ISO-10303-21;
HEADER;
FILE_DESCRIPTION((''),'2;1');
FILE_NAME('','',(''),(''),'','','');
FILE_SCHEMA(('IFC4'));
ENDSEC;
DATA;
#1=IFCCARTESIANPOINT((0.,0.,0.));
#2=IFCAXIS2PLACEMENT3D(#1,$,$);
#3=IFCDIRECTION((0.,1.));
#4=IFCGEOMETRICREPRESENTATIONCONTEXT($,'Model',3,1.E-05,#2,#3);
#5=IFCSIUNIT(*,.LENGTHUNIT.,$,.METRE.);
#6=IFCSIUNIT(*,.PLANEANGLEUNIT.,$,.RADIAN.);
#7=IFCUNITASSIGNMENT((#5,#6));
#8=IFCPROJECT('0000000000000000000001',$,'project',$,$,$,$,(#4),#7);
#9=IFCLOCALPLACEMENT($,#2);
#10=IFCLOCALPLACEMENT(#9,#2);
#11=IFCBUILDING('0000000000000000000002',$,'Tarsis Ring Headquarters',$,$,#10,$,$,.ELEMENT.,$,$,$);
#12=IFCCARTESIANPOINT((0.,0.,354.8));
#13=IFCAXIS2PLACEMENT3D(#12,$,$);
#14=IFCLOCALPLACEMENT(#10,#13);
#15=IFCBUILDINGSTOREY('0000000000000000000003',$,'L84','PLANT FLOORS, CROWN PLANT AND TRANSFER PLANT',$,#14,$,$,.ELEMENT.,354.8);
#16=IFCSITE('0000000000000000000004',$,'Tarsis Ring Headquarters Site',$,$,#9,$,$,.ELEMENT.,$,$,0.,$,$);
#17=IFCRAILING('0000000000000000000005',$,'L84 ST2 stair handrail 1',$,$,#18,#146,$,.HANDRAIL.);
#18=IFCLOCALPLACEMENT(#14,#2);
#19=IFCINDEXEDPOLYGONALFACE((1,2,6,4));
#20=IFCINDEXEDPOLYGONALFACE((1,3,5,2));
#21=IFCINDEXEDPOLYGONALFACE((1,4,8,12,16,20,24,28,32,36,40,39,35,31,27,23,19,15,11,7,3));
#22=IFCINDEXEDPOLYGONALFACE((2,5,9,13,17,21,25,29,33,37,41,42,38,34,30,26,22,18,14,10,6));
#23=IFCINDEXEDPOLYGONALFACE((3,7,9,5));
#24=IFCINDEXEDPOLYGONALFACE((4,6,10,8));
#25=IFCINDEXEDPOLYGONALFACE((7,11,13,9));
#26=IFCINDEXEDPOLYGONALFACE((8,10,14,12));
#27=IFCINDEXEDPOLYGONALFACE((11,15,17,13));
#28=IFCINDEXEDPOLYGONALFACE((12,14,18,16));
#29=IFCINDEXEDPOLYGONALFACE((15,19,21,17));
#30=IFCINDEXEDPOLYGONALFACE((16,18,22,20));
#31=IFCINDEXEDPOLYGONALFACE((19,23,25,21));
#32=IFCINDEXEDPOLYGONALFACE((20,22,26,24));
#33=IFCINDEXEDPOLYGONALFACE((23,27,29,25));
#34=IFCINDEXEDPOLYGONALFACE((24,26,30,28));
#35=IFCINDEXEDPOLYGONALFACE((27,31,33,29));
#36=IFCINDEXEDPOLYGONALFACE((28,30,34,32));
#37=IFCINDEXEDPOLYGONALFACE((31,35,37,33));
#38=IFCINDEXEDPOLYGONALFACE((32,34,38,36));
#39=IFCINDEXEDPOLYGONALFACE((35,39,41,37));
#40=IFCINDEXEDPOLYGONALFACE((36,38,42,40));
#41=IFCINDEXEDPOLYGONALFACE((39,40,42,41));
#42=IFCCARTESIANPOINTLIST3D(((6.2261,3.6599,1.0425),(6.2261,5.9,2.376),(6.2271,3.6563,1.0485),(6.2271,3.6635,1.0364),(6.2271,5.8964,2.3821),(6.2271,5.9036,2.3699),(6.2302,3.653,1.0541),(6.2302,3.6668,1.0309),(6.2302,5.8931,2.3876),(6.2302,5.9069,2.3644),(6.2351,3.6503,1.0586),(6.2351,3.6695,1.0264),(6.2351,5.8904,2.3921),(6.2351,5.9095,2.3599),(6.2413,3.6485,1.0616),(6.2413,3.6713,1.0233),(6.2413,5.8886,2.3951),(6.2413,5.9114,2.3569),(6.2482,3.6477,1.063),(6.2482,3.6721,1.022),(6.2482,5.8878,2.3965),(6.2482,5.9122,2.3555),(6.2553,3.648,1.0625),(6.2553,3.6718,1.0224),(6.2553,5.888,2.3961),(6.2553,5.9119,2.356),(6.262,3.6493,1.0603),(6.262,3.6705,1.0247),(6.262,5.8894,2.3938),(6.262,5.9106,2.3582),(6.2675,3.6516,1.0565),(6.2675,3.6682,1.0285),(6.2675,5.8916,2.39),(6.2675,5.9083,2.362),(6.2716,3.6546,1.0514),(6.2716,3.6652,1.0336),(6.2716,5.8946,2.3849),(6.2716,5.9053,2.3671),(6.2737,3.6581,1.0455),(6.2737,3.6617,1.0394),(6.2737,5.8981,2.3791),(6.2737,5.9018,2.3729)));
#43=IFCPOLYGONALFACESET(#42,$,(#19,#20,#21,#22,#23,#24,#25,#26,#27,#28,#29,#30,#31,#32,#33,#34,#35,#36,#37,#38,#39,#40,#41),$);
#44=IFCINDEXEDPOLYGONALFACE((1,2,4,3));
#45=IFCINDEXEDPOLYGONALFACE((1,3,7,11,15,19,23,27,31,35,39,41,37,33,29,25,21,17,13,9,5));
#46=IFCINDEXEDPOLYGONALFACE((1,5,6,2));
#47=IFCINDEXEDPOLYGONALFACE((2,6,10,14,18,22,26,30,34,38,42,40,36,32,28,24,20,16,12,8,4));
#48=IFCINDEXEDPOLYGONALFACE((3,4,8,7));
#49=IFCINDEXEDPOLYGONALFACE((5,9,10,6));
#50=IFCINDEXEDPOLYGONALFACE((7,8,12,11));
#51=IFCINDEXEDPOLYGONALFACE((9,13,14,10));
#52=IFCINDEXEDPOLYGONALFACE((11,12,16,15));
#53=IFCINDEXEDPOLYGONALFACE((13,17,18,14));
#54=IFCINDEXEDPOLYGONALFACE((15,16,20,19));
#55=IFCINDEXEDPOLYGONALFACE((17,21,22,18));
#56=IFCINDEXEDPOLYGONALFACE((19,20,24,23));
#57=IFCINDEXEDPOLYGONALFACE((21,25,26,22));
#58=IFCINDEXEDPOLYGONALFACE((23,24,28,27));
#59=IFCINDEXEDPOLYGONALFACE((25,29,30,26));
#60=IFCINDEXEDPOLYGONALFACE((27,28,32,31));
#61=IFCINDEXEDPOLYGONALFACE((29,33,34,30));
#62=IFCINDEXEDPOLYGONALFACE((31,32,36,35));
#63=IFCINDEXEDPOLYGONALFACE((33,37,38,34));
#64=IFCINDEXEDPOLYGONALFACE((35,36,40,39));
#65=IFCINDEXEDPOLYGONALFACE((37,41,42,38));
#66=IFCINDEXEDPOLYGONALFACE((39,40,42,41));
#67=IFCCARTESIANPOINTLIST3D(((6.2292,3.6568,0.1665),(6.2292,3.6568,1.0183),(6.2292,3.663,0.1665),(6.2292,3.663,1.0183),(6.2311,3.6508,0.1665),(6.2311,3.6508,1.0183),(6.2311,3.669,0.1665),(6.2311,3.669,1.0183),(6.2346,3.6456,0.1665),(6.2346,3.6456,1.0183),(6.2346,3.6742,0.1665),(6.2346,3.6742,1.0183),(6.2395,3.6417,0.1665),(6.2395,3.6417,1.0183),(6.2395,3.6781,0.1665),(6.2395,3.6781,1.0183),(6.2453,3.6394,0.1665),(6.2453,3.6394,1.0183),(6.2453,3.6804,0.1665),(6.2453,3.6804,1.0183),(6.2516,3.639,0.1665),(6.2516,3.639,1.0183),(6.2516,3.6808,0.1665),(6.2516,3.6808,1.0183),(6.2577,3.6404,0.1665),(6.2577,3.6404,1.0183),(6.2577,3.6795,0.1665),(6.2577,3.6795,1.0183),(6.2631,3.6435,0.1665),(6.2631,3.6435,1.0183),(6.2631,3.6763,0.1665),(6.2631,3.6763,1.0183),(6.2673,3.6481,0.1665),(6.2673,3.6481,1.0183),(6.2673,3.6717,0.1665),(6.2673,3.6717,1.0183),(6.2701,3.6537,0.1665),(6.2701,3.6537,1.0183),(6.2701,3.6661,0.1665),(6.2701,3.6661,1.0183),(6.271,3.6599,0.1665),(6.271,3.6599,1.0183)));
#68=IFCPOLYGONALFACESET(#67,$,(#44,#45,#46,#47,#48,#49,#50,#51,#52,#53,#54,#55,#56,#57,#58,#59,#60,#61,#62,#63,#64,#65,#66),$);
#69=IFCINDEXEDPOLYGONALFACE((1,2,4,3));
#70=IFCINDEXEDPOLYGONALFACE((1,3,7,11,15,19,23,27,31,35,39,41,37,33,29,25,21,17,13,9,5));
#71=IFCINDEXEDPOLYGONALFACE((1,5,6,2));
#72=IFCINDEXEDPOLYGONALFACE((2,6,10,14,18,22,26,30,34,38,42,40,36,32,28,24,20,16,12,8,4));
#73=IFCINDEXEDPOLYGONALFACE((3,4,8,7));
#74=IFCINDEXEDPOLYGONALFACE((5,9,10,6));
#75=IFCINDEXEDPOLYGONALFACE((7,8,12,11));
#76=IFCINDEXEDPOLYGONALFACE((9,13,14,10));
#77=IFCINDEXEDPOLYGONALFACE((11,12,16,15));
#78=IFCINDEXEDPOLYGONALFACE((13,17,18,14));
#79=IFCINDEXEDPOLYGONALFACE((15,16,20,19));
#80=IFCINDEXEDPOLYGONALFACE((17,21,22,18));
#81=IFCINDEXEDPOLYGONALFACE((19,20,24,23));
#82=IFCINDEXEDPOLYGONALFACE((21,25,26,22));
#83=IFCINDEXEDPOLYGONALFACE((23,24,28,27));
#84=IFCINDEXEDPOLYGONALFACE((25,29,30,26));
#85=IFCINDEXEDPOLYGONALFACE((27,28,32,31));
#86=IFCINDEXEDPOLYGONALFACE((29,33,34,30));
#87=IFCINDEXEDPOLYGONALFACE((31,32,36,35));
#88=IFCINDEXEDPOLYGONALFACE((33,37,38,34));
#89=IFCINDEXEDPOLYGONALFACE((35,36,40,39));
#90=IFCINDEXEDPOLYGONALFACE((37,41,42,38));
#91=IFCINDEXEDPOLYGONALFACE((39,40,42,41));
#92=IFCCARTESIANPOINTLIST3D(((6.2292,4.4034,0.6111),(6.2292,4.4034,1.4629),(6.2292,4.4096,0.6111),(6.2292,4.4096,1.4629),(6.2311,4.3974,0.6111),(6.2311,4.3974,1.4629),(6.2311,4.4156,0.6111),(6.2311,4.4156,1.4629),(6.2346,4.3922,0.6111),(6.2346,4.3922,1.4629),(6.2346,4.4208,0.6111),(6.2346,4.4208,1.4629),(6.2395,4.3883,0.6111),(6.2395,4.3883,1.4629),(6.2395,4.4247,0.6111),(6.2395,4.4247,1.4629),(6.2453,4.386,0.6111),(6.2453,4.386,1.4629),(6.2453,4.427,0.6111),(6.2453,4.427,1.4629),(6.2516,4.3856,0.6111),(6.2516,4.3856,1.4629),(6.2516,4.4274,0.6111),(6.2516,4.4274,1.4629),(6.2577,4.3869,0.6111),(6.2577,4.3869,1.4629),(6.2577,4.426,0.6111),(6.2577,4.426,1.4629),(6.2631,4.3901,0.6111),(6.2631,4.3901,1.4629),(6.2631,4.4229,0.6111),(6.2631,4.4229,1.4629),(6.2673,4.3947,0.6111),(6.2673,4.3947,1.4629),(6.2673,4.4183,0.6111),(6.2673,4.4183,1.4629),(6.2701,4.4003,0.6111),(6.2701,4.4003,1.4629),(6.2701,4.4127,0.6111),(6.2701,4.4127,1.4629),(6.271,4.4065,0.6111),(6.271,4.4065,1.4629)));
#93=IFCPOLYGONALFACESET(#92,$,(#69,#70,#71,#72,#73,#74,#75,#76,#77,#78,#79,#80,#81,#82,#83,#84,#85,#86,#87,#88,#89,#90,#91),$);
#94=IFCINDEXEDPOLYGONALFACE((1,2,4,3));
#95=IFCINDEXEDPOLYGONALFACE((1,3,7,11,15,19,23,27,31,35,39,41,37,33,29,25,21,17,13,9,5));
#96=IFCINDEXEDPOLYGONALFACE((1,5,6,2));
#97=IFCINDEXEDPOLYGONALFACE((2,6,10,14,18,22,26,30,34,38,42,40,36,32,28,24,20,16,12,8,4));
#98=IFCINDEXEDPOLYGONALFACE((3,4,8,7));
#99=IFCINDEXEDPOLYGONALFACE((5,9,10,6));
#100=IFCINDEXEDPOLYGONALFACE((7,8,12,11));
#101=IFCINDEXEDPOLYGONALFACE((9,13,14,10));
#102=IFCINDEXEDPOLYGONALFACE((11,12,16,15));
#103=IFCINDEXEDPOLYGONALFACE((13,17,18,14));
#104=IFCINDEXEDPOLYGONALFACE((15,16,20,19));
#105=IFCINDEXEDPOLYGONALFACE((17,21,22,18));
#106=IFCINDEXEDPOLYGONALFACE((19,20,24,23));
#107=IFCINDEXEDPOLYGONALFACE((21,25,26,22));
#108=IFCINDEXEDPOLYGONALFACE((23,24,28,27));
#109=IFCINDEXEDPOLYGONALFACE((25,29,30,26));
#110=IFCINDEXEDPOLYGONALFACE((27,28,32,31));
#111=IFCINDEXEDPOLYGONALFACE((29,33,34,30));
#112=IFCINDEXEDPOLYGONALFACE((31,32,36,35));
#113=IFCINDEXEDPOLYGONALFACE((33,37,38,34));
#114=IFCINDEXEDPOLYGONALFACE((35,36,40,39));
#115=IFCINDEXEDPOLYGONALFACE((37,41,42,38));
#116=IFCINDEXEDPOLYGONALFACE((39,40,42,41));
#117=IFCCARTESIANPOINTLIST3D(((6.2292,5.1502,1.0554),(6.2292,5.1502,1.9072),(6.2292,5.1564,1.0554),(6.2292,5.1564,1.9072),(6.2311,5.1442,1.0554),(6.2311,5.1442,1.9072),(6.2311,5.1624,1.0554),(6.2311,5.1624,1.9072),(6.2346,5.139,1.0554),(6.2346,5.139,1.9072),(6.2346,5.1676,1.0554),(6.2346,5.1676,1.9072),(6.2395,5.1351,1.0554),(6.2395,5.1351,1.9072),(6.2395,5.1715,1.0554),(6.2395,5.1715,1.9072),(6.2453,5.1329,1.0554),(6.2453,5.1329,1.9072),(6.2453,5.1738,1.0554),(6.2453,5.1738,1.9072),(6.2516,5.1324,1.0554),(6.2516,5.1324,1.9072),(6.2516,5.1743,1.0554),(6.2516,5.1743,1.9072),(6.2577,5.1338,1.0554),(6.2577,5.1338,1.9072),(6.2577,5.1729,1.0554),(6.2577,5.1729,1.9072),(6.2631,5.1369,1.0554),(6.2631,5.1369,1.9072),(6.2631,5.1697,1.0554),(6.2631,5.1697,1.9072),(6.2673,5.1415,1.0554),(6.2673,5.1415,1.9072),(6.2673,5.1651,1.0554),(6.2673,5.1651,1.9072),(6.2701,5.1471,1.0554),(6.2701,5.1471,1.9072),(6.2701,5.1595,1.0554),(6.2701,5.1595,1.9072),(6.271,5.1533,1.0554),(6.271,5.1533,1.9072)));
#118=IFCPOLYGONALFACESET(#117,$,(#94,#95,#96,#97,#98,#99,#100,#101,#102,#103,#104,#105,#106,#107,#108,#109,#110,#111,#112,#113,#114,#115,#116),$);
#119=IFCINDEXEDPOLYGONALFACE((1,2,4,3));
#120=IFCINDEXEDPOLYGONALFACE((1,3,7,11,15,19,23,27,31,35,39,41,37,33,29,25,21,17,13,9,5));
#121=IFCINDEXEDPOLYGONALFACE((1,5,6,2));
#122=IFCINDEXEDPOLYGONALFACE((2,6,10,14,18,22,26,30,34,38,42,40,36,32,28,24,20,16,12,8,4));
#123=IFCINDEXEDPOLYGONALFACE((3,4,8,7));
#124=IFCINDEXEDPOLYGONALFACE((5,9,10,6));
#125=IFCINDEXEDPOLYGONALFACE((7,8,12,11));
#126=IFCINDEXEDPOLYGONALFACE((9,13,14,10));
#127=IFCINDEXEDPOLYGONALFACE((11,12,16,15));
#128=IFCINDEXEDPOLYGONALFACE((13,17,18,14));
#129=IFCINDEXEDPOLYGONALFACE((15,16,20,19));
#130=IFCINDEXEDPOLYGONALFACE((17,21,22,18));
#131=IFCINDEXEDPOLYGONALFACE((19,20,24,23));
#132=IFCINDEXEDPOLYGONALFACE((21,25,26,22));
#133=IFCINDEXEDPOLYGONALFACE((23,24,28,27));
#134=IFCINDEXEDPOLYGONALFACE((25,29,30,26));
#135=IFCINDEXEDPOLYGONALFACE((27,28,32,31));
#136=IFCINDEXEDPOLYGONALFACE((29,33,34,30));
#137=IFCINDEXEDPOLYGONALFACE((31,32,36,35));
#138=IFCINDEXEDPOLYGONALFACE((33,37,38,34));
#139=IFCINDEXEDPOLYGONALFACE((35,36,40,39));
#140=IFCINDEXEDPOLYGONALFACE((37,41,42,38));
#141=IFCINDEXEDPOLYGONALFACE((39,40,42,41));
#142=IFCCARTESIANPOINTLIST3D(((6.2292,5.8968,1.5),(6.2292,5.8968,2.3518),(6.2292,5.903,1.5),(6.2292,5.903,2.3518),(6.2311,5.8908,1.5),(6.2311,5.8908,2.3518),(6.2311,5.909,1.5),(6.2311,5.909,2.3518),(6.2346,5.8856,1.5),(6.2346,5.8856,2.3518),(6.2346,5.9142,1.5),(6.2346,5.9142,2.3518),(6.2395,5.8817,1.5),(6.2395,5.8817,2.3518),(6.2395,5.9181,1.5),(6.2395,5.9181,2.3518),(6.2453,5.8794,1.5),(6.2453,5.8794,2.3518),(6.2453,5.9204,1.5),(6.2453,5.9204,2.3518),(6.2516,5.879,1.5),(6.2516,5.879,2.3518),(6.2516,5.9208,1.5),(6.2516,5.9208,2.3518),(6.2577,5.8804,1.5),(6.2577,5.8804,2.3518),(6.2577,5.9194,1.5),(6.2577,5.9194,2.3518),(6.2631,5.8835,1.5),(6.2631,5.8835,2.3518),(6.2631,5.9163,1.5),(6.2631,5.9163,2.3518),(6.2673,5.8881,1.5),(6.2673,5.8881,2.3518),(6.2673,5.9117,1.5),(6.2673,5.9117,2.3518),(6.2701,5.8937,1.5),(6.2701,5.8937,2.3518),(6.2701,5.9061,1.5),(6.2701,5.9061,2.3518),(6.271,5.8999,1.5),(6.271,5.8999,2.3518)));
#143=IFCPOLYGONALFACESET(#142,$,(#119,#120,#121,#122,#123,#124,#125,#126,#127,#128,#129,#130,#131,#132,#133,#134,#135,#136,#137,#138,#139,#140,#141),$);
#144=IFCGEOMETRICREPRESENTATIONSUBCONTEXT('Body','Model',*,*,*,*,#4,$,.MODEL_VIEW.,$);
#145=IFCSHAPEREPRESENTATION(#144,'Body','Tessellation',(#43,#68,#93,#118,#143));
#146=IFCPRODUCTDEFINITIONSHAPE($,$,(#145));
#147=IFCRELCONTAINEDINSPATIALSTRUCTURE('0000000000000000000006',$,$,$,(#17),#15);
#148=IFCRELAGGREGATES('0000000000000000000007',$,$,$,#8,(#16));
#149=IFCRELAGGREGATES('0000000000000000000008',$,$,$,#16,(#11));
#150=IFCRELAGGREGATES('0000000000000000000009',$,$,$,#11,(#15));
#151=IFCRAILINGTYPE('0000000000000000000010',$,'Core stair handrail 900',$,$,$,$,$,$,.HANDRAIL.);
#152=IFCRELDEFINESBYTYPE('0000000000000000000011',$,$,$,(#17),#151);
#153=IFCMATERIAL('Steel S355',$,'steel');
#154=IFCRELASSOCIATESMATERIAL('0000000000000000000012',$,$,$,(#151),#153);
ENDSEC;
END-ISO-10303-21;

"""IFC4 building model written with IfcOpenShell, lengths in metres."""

from ifc_helpers import new_model, si_unit, direction, frame, origin, origin_2d, place, context, subcontext, project, spatial, circle, extrude, material, type_object, element, save


model = new_model("IFC4")

# Units and contexts
model_context = context("Model", 3, precision=1e-05, world=origin(), true_north=direction((0.0, 1.0)))
body_context = subcontext(model_context, "Body", "Model", "MODEL_VIEW")
ifc_project = project(units=[si_unit("LENGTHUNIT", "METRE"), si_unit("PLANEANGLEUNIT", "RADIAN")], contexts=[model_context])

# Site, building, storey
site_placement = place(None, origin())
site = spatial("IfcSite", under=ifc_project, at=site_placement, Name="Tarsis Ring Headquarters Site", CompositionType="ELEMENT", RefElevation=0.0)
building_placement = place(site_placement, origin())
building = spatial("IfcBuilding", under=site, at=building_placement, Name="Tarsis Ring Headquarters", CompositionType="ELEMENT")
storey_placement = place(building_placement, frame((0.0, 0.0, 354.8)))
storey = spatial("IfcBuildingStorey", under=building, at=storey_placement, Name="L84", Description="PLANT FLOORS, CROWN PLANT AND TRANSFER PLANT", CompositionType="ELEMENT", Elevation=354.8)

# Railing
ifc_material_1 = material(Name="Steel S355", Category="steel")
railing_type_1 = type_object("IfcRailingType", Name="Core stair handrail 900", PredefinedType="HANDRAIL", material=ifc_material_1)
railing_1_placement = place(storey_placement, frame((6.25, 3.6599, 0.1665)))
element("IfcRailing", 1, at=railing_1_placement, inside=storey, type_object=railing_type_1, Name="L84 ST2 stair handrail 1", PredefinedType="HANDRAIL", context=body_context, shape_type="SweptSolid", body=[
    extrude(circle(Radius=0.0239, at=origin_2d()), frame((0.0, 0.0, 0.876), z_axis=(0.0, 0.859264, 0.511532), x_axis=(-1.0, 0.0, 0.0)), (0.0, 0.0, 1.0), 2.6069),
    extrude(circle(Radius=0.021, at=origin_2d()), origin(), (0.0, 0.0, 1.0), 0.8518),
    extrude(circle(Radius=0.021, at=origin_2d()), frame((0.0, 0.7466, 0.4446)), (0.0, 0.0, 1.0), 0.8518),
    extrude(circle(Radius=0.021, at=origin_2d()), frame((0.0, 1.4934, 0.8889)), (0.0, 0.0, 1.0), 0.8518),
    extrude(circle(Radius=0.021, at=origin_2d()), frame((0.0, 2.24, 1.3335)), (0.0, 0.0, 1.0), 0.8518),
])

save(model, "model.ifc")
